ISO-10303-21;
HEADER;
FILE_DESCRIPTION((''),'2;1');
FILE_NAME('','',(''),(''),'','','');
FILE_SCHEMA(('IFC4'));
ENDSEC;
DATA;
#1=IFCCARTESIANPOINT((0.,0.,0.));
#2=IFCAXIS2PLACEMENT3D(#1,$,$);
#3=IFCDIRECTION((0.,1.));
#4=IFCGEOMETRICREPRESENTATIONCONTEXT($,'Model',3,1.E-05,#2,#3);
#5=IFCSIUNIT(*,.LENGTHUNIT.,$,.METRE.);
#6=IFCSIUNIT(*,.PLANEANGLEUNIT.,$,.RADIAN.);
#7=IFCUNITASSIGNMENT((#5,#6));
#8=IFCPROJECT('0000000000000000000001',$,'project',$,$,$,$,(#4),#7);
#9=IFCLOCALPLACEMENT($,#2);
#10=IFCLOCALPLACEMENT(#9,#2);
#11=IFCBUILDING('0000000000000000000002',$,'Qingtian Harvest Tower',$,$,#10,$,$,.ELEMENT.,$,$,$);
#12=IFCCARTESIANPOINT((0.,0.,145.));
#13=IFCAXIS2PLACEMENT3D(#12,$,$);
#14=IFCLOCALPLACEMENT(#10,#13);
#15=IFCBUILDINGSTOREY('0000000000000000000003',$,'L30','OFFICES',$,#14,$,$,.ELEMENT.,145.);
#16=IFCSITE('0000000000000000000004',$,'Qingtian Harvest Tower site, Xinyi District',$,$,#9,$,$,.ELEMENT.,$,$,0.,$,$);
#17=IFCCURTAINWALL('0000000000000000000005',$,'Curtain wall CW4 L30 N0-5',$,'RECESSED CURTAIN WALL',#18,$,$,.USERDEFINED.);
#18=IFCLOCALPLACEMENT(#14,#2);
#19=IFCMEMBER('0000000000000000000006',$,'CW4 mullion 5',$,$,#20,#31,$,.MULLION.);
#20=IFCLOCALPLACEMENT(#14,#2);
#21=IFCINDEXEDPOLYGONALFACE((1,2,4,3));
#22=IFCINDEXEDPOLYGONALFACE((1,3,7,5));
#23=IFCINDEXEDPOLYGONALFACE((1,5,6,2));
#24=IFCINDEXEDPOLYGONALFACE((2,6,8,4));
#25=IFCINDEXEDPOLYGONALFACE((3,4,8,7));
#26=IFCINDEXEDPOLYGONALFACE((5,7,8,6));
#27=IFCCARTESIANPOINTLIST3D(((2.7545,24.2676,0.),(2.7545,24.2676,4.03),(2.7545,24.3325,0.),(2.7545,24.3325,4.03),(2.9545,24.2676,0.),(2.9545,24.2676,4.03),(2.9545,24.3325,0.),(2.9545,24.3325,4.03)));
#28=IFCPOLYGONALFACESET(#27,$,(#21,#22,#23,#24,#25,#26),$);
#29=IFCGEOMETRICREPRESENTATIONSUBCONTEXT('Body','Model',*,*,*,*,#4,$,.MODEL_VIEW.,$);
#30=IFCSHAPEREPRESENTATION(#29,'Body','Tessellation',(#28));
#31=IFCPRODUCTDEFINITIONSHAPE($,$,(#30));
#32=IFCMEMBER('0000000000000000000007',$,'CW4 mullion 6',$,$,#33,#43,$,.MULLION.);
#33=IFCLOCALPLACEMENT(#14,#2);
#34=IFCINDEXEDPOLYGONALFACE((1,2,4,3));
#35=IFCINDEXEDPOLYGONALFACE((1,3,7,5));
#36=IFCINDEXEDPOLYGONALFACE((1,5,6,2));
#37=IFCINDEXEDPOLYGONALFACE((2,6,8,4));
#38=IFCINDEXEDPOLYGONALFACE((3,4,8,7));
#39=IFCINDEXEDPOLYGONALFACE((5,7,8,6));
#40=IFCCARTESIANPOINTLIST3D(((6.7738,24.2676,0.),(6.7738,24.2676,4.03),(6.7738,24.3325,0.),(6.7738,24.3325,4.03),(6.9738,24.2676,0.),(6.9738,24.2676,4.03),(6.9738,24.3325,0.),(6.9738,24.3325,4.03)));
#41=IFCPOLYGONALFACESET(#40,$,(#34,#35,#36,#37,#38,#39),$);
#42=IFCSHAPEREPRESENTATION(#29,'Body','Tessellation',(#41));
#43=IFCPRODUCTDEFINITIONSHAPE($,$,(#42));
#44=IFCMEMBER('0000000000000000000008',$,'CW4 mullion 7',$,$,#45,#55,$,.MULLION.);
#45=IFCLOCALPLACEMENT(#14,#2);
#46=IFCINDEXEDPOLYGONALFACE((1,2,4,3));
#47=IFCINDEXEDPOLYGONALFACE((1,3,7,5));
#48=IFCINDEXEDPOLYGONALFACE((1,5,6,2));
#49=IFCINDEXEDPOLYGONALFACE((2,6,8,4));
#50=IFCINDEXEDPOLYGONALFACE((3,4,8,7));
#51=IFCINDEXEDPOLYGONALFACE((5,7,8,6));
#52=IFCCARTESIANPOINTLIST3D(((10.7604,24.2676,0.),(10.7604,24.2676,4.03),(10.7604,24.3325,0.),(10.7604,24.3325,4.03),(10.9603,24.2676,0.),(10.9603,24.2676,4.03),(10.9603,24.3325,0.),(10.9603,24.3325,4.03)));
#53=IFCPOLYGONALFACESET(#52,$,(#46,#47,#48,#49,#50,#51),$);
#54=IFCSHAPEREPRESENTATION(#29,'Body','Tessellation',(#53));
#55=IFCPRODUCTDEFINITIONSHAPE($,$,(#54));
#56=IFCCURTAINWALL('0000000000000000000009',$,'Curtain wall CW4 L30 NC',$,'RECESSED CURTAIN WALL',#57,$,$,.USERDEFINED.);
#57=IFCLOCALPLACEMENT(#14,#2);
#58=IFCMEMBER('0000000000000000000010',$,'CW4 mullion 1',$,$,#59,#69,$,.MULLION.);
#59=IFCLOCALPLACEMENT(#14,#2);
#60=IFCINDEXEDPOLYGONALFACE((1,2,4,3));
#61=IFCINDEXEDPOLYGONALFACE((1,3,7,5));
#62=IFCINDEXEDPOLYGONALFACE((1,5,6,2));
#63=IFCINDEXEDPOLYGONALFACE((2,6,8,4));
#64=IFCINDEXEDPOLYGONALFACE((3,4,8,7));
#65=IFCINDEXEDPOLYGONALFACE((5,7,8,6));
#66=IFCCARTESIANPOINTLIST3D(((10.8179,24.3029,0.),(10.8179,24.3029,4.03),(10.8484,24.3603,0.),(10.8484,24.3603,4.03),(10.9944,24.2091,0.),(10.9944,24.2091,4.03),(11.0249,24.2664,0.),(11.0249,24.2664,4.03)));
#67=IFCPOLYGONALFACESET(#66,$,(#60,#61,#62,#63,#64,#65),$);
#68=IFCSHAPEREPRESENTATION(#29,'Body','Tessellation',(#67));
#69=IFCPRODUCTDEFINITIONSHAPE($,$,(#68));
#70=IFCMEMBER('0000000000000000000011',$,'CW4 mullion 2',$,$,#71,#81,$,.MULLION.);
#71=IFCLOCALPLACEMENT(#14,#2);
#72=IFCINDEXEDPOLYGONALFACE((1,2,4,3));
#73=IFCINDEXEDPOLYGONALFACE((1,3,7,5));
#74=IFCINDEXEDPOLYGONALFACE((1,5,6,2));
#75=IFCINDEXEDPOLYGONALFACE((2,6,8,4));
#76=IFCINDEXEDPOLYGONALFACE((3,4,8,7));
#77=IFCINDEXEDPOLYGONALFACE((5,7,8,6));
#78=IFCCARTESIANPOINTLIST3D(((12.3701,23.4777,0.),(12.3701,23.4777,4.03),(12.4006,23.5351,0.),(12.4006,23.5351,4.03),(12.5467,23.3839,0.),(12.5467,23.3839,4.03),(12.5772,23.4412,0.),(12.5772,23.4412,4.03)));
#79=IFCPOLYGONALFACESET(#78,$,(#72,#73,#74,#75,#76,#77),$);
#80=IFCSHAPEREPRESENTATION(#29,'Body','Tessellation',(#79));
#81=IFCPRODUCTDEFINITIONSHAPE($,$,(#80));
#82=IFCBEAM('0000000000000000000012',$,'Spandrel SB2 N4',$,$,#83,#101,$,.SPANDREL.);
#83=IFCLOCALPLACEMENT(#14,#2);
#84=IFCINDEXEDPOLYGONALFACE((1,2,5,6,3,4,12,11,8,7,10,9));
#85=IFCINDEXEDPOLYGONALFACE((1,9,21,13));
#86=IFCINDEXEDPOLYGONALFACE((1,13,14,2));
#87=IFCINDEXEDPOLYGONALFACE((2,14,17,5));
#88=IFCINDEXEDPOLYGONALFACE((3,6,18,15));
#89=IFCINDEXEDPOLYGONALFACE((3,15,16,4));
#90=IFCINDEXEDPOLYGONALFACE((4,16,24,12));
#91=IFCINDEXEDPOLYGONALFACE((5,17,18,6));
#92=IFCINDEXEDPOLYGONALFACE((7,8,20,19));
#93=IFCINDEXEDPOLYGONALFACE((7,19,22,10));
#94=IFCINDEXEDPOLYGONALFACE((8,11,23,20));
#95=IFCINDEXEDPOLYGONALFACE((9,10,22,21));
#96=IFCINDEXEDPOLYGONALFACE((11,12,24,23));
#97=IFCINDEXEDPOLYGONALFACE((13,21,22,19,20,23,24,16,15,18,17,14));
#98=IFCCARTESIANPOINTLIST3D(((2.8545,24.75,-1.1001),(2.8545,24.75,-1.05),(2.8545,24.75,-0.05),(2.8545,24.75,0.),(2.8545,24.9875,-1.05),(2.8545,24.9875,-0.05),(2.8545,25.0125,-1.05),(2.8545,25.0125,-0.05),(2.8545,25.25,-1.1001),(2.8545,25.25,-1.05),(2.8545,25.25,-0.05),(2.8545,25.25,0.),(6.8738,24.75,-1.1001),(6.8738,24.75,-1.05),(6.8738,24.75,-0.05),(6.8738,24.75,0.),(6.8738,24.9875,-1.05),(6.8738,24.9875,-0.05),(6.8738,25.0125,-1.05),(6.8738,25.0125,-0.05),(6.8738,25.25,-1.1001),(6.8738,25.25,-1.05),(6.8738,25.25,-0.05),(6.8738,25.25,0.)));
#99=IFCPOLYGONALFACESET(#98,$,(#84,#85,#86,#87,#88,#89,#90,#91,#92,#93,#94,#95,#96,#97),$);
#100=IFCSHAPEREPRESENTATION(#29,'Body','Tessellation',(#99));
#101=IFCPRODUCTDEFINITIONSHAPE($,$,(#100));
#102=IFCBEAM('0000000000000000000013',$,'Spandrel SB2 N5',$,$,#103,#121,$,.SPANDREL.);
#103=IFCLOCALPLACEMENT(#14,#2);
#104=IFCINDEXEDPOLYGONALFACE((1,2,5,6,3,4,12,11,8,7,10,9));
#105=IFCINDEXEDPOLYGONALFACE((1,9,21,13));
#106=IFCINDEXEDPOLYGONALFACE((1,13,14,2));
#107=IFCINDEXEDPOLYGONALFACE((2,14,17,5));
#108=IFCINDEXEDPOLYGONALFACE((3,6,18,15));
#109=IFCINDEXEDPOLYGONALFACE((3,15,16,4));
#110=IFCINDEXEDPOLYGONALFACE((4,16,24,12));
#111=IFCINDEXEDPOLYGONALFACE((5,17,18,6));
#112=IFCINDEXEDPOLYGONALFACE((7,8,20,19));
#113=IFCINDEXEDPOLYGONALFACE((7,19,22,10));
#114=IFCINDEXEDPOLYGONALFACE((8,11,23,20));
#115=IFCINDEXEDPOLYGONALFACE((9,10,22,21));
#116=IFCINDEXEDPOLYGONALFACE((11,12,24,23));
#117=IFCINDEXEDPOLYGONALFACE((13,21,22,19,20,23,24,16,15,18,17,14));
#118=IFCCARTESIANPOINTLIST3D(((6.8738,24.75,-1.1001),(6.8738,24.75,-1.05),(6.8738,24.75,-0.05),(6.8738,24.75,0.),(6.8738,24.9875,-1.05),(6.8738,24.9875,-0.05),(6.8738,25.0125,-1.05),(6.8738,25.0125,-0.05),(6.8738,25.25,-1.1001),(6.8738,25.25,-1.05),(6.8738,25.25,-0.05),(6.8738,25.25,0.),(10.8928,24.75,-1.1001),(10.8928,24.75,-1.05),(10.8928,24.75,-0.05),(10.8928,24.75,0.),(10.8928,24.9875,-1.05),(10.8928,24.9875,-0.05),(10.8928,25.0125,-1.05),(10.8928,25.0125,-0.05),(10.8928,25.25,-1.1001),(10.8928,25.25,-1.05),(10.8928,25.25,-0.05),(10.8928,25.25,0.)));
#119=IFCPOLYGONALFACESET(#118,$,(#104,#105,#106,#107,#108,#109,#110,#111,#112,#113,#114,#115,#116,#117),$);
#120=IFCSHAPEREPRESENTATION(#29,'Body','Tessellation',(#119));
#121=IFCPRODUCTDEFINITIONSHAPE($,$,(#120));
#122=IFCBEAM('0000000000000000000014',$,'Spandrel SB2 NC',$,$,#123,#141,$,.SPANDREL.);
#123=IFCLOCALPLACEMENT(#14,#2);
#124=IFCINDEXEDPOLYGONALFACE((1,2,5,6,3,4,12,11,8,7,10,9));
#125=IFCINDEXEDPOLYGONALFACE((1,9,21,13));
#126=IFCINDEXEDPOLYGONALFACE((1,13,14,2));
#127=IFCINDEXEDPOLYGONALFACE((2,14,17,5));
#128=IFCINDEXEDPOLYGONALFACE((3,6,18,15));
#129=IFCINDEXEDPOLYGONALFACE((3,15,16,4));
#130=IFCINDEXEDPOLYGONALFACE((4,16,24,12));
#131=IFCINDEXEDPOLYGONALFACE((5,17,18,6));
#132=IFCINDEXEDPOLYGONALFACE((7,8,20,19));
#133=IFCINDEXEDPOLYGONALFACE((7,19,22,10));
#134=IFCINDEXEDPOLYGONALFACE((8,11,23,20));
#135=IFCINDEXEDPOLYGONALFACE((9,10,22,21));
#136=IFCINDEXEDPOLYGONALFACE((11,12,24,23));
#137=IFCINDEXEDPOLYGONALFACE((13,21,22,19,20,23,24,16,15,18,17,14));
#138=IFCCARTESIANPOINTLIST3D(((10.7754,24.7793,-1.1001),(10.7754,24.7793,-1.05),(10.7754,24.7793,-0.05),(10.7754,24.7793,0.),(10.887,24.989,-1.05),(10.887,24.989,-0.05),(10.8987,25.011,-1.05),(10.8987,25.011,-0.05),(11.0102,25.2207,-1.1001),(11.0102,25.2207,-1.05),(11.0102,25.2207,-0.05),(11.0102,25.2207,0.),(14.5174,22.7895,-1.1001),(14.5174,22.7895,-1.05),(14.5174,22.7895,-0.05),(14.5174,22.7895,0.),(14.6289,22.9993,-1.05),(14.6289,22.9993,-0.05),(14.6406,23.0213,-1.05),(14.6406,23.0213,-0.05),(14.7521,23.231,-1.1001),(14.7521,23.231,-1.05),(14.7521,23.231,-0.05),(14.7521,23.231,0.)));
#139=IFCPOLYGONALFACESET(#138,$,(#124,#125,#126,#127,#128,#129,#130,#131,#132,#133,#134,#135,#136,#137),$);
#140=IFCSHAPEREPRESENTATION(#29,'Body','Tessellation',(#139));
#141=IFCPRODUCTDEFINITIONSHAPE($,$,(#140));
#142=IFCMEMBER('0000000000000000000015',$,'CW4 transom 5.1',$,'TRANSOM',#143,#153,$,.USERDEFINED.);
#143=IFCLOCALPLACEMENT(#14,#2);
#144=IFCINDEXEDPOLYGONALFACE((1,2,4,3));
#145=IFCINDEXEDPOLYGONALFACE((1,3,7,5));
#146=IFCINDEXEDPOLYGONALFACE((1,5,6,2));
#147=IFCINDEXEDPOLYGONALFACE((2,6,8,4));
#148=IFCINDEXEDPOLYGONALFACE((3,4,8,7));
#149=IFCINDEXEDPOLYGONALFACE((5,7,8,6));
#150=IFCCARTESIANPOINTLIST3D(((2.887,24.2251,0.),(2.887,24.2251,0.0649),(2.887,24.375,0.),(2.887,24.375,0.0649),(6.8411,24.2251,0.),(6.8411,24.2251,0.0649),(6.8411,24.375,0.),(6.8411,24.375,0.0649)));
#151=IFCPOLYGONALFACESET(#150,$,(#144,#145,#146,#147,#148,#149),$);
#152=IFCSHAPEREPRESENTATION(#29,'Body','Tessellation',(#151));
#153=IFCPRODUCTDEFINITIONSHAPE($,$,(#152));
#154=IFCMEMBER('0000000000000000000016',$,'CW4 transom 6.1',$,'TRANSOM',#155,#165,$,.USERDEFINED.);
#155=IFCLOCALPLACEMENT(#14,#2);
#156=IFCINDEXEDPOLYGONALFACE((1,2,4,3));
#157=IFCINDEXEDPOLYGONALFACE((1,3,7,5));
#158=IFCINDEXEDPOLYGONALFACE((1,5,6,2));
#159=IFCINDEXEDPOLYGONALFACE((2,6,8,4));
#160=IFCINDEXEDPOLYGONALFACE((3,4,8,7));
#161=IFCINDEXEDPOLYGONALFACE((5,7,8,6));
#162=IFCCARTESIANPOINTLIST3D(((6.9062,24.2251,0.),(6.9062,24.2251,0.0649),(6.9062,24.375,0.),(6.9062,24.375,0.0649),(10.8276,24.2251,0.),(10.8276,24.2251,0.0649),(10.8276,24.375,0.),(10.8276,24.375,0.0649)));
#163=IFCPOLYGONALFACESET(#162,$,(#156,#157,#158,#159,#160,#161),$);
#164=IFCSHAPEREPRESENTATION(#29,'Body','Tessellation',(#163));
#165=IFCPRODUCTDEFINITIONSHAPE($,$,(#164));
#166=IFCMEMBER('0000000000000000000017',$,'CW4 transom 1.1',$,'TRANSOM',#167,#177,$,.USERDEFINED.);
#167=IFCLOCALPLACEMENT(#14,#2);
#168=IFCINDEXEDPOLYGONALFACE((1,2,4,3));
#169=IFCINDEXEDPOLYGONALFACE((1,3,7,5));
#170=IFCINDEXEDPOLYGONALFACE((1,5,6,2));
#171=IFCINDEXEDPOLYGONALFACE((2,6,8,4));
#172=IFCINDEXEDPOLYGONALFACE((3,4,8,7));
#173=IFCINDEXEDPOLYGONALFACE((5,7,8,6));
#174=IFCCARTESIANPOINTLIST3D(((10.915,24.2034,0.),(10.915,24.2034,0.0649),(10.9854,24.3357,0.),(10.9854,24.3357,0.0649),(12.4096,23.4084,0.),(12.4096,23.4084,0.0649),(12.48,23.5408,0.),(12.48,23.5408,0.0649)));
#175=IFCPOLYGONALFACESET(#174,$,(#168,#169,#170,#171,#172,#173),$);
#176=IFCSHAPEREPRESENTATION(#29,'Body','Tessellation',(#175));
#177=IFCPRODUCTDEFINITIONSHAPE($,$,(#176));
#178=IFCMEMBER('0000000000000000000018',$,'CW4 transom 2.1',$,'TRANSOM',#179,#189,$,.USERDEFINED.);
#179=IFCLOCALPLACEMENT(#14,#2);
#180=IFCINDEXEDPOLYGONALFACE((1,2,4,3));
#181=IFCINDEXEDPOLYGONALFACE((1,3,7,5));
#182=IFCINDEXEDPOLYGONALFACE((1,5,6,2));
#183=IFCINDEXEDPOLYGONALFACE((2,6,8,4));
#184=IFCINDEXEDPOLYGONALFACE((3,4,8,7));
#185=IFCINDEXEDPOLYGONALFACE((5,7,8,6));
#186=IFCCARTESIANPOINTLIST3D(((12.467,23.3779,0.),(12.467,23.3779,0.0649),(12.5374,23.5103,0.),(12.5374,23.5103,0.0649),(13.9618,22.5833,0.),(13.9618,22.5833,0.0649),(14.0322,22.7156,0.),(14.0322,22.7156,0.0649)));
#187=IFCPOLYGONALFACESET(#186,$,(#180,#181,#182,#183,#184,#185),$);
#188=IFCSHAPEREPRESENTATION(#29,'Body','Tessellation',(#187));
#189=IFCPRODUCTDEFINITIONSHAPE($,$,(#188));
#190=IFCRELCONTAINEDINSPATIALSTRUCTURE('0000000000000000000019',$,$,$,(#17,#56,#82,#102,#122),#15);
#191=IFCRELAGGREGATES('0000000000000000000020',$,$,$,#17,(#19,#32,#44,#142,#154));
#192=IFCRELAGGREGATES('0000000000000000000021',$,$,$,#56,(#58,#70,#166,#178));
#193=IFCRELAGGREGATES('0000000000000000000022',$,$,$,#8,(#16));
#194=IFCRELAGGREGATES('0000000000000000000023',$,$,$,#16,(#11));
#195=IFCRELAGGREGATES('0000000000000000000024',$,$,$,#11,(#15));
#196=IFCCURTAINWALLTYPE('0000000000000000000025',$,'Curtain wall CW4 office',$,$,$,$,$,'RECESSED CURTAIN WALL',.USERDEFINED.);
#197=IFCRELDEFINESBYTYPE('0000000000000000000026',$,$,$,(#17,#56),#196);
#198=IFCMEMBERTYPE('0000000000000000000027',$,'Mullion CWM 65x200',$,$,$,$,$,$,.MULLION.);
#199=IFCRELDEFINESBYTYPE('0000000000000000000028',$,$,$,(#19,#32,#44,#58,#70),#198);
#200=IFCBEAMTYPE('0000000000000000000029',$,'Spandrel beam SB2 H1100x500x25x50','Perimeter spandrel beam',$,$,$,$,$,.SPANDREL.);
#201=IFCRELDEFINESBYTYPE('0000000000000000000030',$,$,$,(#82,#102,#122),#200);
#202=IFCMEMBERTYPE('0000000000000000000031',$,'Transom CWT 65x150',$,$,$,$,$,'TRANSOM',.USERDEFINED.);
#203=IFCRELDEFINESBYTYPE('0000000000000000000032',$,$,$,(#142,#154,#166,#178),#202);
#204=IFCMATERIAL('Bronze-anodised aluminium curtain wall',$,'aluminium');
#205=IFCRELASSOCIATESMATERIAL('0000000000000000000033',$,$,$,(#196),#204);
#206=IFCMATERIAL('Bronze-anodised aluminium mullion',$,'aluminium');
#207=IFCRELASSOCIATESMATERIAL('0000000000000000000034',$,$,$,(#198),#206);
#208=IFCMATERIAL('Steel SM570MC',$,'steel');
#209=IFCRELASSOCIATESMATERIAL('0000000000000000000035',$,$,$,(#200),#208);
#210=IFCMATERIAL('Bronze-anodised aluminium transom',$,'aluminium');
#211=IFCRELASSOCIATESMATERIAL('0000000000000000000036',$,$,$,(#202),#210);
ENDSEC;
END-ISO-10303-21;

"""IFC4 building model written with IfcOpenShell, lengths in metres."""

from ifc_helpers import new_model, si_unit, direction, frame, origin, origin_2d, place, context, subcontext, project, spatial, rectangle, i_section, extrude, material, material_profile, profile_set, type_object, element, aggregate, save


model = new_model("IFC4")

# Units and contexts
model_context = context("Model", 3, precision=1e-05, world=origin(), true_north=direction((0.0, 1.0)))
body_context = subcontext(model_context, "Body", "Model", "MODEL_VIEW")
ifc_project = project(units=[si_unit("LENGTHUNIT", "METRE"), si_unit("PLANEANGLEUNIT", "RADIAN")], contexts=[model_context])

# Site, building, storey
site_placement = place(None, origin())
site = spatial("IfcSite", under=ifc_project, at=site_placement, Name="Qingtian Harvest Tower site, Xinyi District", CompositionType="ELEMENT", RefElevation=0.0)
building_placement = place(site_placement, origin())
building = spatial("IfcBuilding", under=site, at=building_placement, Name="Qingtian Harvest Tower", CompositionType="ELEMENT")
storey_placement = place(building_placement, frame((0.0, 0.0, 145.0)))
storey = spatial("IfcBuildingStorey", under=building, at=storey_placement, Name="L30", Description="OFFICES", CompositionType="ELEMENT", Elevation=145.0)

# Curtain walls, members
ifc_material_1 = material(Name="Bronze-anodised aluminium curtain wall", Category="aluminium")
curtain_wall_type = type_object("IfcCurtainWallType", Name="Curtain wall CW4 office", ElementType="RECESSED CURTAIN WALL", PredefinedType="USERDEFINED", material=ifc_material_1)
curtain_wall_1_placement = place(storey_placement, origin())
curtain_wall_1 = element("IfcCurtainWall", 1, at=curtain_wall_1_placement, inside=storey, type_object=curtain_wall_type, Name="Curtain wall CW4 L30 N0-5", ObjectType="RECESSED CURTAIN WALL", PredefinedType="USERDEFINED")
ifc_material_2 = material(Name="Bronze-anodised aluminium mullion", Category="aluminium")
ifc_material_profile_1 = material_profile(ifc_material_2, rectangle(XDim=0.0649, YDim=0.2, at=origin_2d()), Name="AL 65x200")
ifc_profile_set_1 = profile_set([ifc_material_profile_1], Name="Bronze-anodised aluminium mullion")
member_type_1 = type_object("IfcMemberType", Name="Mullion CWM 65x200", PredefinedType="MULLION", material=ifc_profile_set_1)
member_1_placement = place(storey_placement, frame((2.8545, 24.3, 0.0), z_axis=(0.0, 0.0, 1.0), x_axis=(0.0, 1.0, 0.0)))
member_1 = element("IfcMember", 2, at=member_1_placement, type_object=member_type_1, Name="CW4 mullion 5", PredefinedType="MULLION", context=body_context, shape_type="SweptSolid", body=[
    extrude(rectangle(XDim=0.0649, YDim=0.2, at=origin_2d()), origin(), (0.0, 0.0, 1.0), 4.03),
])
member_2_placement = place(storey_placement, frame((6.8738, 24.3, 0.0), z_axis=(0.0, 0.0, 1.0), x_axis=(0.0, 1.0, 0.0)))
member_2 = element("IfcMember", 3, at=member_2_placement, type_object=member_type_1, Name="CW4 mullion 6", PredefinedType="MULLION", context=body_context, shape_type="SweptSolid", body=[
    extrude(rectangle(XDim=0.0649, YDim=0.2, at=origin_2d()), origin(), (0.0, 0.0, 1.0), 4.03),
])
member_3_placement = place(storey_placement, frame((10.8604, 24.3, 0.0), z_axis=(0.0, 0.0, 1.0), x_axis=(0.0, 1.0, 0.0)))
member_3 = element("IfcMember", 4, at=member_3_placement, type_object=member_type_1, Name="CW4 mullion 7", PredefinedType="MULLION", context=body_context, shape_type="SweptSolid", body=[
    extrude(rectangle(XDim=0.0649, YDim=0.2, at=origin_2d()), origin(), (0.0, 0.0, 1.0), 4.03),
])
curtain_wall_2_placement = place(storey_placement, origin())
curtain_wall_2 = element("IfcCurtainWall", 5, at=curtain_wall_2_placement, inside=storey, type_object=curtain_wall_type, Name="Curtain wall CW4 L30 NC", ObjectType="RECESSED CURTAIN WALL", PredefinedType="USERDEFINED")
member_4_placement = place(storey_placement, frame((10.9214, 24.2847, 0.0), z_axis=(0.0, 0.0, 1.0), x_axis=(0.469472, 0.882948, 0.0)))
member_4 = element("IfcMember", 6, at=member_4_placement, type_object=member_type_1, Name="CW4 mullion 1", PredefinedType="MULLION", context=body_context, shape_type="SweptSolid", body=[
    extrude(rectangle(XDim=0.0649, YDim=0.2, at=origin_2d()), origin(), (0.0, 0.0, 1.0), 4.03),
])
member_5_placement = place(storey_placement, frame((12.4736, 23.4595, 0.0), z_axis=(0.0, 0.0, 1.0), x_axis=(0.469472, 0.882948, 0.0)))
member_5 = element("IfcMember", 7, at=member_5_placement, type_object=member_type_1, Name="CW4 mullion 2", PredefinedType="MULLION", context=body_context, shape_type="SweptSolid", body=[
    extrude(rectangle(XDim=0.0649, YDim=0.2, at=origin_2d()), origin(), (0.0, 0.0, 1.0), 4.03),
])

# Beams
ifc_material_3 = material(Name="Steel SM570MC", Category="steel")
ifc_material_profile_2 = material_profile(ifc_material_3, i_section(OverallWidth=0.5, OverallDepth=1.1001, WebThickness=0.0249, FlangeThickness=0.05, at=origin_2d()), Name="H1100x500x25x50")
ifc_profile_set_2 = profile_set([ifc_material_profile_2], Name="Steel SM570MC")
beam_type_1 = type_object("IfcBeamType", Name="Spandrel beam SB2 H1100x500x25x50", Description="Perimeter spandrel beam", PredefinedType="SPANDREL", material=ifc_profile_set_2)
beam_1_placement = place(storey_placement, frame((2.8545, 25.0, -0.55), z_axis=(1.0, 0.0, 0.0), x_axis=(0.0, 1.0, 0.0)))
element("IfcBeam", 8, at=beam_1_placement, inside=storey, type_object=beam_type_1, Name="Spandrel SB2 N4", PredefinedType="SPANDREL", context=body_context, shape_type="SweptSolid", body=[
    extrude(i_section(OverallWidth=0.5, OverallDepth=1.1001, WebThickness=0.0249, FlangeThickness=0.05, at=origin_2d()), origin(), (0.0, 0.0, 1.0), 4.0193),
])
beam_2_placement = place(storey_placement, frame((6.8738, 25.0, -0.55), z_axis=(1.0, 0.0, 0.0), x_axis=(0.0, 1.0, 0.0)))
element("IfcBeam", 9, at=beam_2_placement, inside=storey, type_object=beam_type_1, Name="Spandrel SB2 N5", PredefinedType="SPANDREL", context=body_context, shape_type="SweptSolid", body=[
    extrude(i_section(OverallWidth=0.5, OverallDepth=1.1001, WebThickness=0.0249, FlangeThickness=0.05, at=origin_2d()), origin(), (0.0, 0.0, 1.0), 4.019),
])
beam_3_placement = place(storey_placement, frame((10.8928, 25.0, -0.55), z_axis=(0.882936, -0.469494, 0.0), x_axis=(0.469494, 0.882936, 0.0)))
element("IfcBeam", 10, at=beam_3_placement, inside=storey, type_object=beam_type_1, Name="Spandrel SB2 NC", PredefinedType="SPANDREL", context=body_context, shape_type="SweptSolid", body=[
    extrude(i_section(OverallWidth=0.5, OverallDepth=1.1001, WebThickness=0.0249, FlangeThickness=0.05, at=origin_2d()), origin(), (0.0, 0.0, 1.0), 4.238),
])

# Members
ifc_material_4 = material(Name="Bronze-anodised aluminium transom", Category="aluminium")
ifc_material_profile_3 = material_profile(ifc_material_4, rectangle(XDim=0.1499, YDim=0.0649, at=origin_2d()), Name="AL 65x150")
ifc_profile_set_3 = profile_set([ifc_material_profile_3], Name="Bronze-anodised aluminium transom")
member_type_2 = type_object("IfcMemberType", Name="Transom CWT 65x150", ElementType="TRANSOM", PredefinedType="USERDEFINED", material=ifc_profile_set_3)
member_6_placement = place(storey_placement, frame((2.887, 24.3, 0.0325), z_axis=(1.0, 0.0, 0.0), x_axis=(0.0, 1.0, 0.0)))
member_6 = element("IfcMember", 11, at=member_6_placement, type_object=member_type_2, Name="CW4 transom 5.1", ObjectType="TRANSOM", PredefinedType="USERDEFINED", context=body_context, shape_type="SweptSolid", body=[
    extrude(rectangle(XDim=0.1499, YDim=0.0649, at=origin_2d()), origin(), (0.0, 0.0, 1.0), 3.9541),
])
member_7_placement = place(storey_placement, frame((6.9062, 24.3, 0.0325), z_axis=(1.0, 0.0, 0.0), x_axis=(0.0, 1.0, 0.0)))
member_7 = element("IfcMember", 12, at=member_7_placement, type_object=member_type_2, Name="CW4 transom 6.1", ObjectType="TRANSOM", PredefinedType="USERDEFINED", context=body_context, shape_type="SweptSolid", body=[
    extrude(rectangle(XDim=0.1499, YDim=0.0649, at=origin_2d()), origin(), (0.0, 0.0, 1.0), 3.9214),
])
member_8_placement = place(storey_placement, frame((10.9502, 24.2695, 0.0325), z_axis=(0.882895, -0.46957, 0.0), x_axis=(0.46957, 0.882895, 0.0)))
member_8 = element("IfcMember", 13, at=member_8_placement, type_object=member_type_2, Name="CW4 transom 1.1", ObjectType="TRANSOM", PredefinedType="USERDEFINED", context=body_context, shape_type="SweptSolid", body=[
    extrude(rectangle(XDim=0.1499, YDim=0.0649, at=origin_2d()), origin(), (0.0, 0.0, 1.0), 1.6929),
])
member_9_placement = place(storey_placement, frame((12.5022, 23.4441, 0.0325), z_axis=(0.882987, -0.469398, 0.0), x_axis=(0.469398, 0.882987, 0.0)))
member_9 = element("IfcMember", 14, at=member_9_placement, type_object=member_type_2, Name="CW4 transom 2.1", ObjectType="TRANSOM", PredefinedType="USERDEFINED", context=body_context, shape_type="SweptSolid", body=[
    extrude(rectangle(XDim=0.1499, YDim=0.0649, at=origin_2d()), origin(), (0.0, 0.0, 1.0), 1.6929),
])

aggregate(curtain_wall_1, [member_1, member_2, member_3, member_6, member_7])
aggregate(curtain_wall_2, [member_4, member_5, member_8, member_9])

save(model, "model.ifc")
